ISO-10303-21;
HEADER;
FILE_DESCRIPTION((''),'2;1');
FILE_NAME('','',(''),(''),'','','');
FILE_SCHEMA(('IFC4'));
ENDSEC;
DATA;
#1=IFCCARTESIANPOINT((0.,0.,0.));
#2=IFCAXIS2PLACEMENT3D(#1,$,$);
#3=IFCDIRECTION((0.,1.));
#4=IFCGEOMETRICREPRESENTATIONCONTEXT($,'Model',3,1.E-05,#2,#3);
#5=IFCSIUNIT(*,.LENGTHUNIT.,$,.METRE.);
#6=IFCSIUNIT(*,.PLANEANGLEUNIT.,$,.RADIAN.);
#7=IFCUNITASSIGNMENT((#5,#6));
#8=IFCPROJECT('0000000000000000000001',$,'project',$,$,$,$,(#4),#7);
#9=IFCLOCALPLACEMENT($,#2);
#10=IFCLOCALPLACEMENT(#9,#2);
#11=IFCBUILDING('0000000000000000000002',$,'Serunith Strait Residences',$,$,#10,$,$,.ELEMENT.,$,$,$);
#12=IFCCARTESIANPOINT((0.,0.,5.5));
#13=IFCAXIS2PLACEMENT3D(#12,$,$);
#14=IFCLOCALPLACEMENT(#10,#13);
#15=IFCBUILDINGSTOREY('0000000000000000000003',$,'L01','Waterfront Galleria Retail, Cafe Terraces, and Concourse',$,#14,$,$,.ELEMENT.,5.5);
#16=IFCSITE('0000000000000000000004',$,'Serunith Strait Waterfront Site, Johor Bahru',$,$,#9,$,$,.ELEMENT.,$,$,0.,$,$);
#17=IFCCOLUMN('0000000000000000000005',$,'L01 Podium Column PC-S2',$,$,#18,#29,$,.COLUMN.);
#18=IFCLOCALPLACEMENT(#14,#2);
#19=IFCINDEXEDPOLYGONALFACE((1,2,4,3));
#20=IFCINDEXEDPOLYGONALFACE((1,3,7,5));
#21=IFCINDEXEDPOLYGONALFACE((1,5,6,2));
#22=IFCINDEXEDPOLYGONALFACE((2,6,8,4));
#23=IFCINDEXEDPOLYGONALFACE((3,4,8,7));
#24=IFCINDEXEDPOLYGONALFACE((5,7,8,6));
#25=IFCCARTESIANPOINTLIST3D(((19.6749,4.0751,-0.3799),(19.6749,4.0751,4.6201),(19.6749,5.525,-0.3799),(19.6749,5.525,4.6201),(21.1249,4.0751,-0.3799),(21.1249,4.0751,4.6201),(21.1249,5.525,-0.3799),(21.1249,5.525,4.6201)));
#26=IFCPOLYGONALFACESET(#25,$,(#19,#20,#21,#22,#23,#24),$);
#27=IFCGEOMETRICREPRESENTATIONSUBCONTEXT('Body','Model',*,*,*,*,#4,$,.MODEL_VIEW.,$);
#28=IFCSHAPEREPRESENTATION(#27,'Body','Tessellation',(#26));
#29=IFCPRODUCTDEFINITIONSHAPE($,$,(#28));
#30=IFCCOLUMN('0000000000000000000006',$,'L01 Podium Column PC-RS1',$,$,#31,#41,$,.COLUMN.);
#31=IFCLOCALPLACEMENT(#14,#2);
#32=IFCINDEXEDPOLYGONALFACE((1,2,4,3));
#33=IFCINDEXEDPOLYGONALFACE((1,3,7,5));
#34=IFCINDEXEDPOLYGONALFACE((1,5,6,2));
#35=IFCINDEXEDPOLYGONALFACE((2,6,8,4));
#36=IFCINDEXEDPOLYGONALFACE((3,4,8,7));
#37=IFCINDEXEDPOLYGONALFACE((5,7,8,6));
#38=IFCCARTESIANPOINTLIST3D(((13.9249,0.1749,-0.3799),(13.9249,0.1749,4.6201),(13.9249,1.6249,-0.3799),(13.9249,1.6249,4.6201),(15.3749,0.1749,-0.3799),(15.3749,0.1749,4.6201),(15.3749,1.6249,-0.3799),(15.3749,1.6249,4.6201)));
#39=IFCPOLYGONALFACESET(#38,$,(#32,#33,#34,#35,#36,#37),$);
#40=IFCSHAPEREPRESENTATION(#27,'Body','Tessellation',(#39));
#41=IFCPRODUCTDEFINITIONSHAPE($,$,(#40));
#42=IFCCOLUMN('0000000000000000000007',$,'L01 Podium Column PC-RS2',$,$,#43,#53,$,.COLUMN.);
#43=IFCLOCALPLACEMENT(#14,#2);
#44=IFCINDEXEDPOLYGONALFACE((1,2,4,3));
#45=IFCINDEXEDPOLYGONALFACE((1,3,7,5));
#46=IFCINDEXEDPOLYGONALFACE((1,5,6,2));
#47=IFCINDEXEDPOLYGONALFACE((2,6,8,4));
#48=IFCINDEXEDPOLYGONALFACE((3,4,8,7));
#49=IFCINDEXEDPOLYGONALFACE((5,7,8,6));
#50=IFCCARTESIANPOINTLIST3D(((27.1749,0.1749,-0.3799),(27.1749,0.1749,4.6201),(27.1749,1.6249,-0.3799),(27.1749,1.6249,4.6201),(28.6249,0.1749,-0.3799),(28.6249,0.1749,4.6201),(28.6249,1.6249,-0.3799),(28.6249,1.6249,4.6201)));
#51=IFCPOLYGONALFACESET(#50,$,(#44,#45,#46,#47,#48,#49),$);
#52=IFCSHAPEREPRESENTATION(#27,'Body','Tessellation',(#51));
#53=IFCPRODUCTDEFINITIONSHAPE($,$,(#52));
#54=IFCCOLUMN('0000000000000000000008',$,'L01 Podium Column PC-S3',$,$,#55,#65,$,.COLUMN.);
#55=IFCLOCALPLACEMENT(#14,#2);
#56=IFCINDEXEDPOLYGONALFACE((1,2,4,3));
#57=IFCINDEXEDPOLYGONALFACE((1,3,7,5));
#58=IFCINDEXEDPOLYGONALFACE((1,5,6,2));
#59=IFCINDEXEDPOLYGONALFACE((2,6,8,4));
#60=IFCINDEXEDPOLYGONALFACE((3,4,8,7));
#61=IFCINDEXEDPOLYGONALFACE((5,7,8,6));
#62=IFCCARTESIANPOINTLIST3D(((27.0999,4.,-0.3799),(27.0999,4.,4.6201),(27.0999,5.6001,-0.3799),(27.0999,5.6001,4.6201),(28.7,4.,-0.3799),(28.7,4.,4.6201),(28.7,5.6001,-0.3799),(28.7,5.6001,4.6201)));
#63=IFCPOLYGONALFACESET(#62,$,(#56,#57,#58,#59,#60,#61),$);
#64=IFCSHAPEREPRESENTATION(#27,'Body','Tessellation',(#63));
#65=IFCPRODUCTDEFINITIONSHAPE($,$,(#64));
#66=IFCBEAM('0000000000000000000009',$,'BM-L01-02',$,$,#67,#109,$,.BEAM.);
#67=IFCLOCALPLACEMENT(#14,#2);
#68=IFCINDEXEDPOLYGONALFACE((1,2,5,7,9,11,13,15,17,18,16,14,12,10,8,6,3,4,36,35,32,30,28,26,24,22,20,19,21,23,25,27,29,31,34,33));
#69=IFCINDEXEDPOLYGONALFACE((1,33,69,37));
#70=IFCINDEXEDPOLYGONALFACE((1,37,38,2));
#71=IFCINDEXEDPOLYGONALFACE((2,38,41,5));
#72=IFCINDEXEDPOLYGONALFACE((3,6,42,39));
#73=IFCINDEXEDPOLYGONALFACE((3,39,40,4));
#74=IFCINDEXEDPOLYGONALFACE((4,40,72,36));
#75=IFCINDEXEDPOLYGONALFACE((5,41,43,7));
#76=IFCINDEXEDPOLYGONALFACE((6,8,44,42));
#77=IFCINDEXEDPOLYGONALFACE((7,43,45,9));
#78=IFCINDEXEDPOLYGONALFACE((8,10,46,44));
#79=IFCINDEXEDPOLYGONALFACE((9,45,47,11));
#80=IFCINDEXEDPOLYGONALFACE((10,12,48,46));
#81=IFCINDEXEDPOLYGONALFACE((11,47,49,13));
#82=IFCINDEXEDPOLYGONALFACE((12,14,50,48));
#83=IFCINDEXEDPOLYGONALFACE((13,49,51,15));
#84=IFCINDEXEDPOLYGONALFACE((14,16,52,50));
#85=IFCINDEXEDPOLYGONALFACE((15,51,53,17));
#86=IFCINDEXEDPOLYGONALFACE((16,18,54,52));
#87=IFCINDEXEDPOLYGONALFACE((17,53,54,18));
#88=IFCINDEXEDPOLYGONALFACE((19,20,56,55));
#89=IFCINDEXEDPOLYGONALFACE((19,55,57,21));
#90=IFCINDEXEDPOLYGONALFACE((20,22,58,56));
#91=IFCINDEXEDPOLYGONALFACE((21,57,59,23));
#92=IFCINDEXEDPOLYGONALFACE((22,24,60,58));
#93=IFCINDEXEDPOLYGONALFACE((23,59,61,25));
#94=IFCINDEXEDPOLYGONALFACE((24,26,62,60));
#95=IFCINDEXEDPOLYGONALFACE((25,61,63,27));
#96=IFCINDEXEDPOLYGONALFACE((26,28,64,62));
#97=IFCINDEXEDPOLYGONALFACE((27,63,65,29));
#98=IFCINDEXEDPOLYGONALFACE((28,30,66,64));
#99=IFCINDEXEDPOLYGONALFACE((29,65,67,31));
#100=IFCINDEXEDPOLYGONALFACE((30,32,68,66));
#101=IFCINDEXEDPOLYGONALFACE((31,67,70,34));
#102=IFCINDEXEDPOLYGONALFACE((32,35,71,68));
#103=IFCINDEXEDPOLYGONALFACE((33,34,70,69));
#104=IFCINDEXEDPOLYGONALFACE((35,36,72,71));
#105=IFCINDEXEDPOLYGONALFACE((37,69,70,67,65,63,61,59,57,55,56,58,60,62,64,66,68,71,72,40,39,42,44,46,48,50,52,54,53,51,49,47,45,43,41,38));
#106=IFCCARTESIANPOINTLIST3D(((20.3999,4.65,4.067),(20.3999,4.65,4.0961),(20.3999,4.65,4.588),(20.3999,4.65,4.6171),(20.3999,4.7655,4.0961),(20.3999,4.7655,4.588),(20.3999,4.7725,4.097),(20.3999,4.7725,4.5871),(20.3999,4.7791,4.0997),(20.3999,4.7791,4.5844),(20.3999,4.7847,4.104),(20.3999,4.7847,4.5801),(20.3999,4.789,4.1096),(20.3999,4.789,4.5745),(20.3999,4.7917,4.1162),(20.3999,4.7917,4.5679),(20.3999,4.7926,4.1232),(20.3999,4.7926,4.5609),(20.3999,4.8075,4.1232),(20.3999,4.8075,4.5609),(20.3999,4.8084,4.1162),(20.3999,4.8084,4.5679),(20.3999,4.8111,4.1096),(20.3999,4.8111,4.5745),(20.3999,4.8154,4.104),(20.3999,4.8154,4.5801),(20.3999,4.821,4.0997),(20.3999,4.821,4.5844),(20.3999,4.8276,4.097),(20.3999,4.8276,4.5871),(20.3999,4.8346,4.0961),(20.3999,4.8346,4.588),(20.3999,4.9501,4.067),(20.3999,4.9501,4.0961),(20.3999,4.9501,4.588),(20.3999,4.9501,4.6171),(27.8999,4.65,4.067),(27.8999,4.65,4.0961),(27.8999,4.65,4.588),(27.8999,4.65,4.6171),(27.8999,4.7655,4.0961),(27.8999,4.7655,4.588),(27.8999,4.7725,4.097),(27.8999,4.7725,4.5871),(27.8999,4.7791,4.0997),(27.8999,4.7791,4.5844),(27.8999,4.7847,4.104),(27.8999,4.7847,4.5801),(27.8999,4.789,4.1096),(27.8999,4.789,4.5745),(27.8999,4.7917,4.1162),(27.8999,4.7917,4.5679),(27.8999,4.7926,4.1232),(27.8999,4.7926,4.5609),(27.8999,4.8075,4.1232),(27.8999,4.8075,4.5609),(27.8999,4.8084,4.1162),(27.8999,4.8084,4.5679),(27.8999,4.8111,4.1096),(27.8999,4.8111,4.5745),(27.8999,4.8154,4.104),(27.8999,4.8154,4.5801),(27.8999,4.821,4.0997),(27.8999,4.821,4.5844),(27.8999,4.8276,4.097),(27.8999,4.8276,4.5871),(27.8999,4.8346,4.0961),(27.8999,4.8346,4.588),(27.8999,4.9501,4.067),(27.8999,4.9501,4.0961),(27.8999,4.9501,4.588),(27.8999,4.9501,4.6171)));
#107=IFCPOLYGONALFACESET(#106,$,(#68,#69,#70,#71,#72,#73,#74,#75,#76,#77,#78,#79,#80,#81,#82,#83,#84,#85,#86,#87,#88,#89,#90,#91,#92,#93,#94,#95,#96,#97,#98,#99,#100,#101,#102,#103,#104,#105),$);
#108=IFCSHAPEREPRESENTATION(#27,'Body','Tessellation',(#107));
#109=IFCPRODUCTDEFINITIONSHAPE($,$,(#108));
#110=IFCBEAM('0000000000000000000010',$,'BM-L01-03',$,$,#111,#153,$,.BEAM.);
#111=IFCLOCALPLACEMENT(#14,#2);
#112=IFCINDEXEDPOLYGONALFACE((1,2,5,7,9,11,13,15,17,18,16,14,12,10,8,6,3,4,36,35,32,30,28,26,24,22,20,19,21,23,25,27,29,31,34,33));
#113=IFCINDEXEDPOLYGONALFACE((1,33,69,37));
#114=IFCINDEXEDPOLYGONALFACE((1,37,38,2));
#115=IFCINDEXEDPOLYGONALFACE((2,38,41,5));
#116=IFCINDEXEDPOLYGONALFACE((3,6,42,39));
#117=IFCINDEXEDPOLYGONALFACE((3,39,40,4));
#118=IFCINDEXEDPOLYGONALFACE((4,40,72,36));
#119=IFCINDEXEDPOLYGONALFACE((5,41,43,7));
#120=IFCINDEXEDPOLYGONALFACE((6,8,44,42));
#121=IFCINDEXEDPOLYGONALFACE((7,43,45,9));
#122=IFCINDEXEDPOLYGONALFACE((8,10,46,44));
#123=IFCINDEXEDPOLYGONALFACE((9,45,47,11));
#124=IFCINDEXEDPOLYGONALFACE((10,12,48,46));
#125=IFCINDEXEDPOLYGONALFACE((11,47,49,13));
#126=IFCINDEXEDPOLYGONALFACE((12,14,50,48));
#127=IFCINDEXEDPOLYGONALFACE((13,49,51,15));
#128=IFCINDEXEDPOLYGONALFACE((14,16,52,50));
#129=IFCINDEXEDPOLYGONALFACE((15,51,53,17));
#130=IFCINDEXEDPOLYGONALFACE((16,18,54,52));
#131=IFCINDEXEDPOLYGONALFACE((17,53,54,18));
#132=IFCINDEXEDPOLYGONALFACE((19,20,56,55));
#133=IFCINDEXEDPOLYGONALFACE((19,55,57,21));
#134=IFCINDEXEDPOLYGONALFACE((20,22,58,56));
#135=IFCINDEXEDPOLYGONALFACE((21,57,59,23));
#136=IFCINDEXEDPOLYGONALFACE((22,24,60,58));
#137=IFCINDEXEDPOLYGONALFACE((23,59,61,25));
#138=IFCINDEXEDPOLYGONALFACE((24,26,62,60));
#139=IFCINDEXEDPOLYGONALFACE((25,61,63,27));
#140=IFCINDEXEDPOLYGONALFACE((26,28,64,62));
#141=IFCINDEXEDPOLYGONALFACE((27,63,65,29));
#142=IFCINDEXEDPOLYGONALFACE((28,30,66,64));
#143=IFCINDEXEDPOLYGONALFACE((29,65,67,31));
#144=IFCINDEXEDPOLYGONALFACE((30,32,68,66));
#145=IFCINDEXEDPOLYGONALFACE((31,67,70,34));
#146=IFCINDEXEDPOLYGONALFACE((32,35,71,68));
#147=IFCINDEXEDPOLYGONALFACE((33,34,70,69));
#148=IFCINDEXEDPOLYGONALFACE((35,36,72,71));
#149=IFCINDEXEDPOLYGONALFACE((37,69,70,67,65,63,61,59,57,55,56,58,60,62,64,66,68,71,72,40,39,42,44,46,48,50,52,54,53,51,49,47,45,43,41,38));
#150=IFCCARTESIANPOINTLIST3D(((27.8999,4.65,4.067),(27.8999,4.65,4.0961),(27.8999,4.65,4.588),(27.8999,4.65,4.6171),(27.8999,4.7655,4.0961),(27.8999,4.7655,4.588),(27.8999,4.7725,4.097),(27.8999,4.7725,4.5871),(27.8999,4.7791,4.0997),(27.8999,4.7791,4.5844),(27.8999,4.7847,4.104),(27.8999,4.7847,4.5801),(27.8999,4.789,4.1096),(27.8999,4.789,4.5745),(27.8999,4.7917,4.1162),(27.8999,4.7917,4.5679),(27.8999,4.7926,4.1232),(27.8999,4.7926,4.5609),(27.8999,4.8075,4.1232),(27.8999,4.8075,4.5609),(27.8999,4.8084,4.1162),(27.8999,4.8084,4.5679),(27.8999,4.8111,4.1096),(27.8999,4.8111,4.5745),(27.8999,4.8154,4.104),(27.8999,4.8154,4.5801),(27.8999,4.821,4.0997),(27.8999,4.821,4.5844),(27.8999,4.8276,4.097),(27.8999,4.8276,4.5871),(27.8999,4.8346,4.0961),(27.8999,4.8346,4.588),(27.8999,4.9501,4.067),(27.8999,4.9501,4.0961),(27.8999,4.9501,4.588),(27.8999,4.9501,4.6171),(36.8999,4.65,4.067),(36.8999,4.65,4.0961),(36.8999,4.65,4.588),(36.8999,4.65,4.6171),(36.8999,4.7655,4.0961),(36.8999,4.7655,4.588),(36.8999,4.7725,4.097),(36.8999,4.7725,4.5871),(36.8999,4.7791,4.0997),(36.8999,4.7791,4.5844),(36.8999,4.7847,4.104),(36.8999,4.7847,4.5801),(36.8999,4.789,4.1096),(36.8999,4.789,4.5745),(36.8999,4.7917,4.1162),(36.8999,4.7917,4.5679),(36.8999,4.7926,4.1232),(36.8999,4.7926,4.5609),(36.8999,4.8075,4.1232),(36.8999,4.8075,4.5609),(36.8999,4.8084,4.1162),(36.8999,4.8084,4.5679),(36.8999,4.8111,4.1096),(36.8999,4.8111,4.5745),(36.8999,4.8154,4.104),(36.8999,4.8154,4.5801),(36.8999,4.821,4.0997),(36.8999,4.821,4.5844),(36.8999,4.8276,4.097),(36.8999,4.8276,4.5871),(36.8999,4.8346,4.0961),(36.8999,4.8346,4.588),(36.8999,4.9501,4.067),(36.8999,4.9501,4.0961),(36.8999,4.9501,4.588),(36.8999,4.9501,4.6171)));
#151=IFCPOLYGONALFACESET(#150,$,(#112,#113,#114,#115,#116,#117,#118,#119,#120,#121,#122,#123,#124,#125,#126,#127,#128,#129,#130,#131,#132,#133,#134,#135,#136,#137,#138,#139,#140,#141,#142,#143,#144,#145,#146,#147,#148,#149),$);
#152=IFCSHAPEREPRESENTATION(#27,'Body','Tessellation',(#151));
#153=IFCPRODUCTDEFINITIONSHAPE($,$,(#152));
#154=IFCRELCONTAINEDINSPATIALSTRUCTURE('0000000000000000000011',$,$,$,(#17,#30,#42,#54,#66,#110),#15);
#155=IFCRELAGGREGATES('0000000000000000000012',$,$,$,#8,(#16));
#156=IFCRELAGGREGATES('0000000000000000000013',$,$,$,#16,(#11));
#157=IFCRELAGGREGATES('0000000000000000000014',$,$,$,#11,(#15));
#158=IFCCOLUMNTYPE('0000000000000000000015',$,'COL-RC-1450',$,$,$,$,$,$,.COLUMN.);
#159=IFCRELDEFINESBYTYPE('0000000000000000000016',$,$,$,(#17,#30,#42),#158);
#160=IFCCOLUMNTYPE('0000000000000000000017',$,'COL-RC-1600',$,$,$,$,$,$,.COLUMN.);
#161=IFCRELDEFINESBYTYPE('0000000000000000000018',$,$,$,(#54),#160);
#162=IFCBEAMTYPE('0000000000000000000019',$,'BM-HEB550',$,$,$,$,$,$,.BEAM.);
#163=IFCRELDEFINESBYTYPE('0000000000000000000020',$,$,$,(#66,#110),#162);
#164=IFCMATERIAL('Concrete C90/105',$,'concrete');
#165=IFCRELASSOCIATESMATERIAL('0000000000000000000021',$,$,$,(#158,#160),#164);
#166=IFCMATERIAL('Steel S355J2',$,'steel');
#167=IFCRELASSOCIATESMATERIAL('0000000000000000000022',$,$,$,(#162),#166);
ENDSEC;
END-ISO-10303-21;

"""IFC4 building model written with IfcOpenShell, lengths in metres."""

from ifc_helpers import new_model, si_unit, direction, frame, origin, origin_2d, place, context, subcontext, project, spatial, rectangle, i_section, extrude, source, transform, mapped, material, material_profile, profile_set, type_object, element, save


model = new_model("IFC4")

# Units and contexts
model_context = context("Model", 3, precision=1e-05, world=origin(), true_north=direction((0.0, 1.0)))
body_context = subcontext(model_context, "Body", "Model", "MODEL_VIEW")
ifc_project = project(units=[si_unit("LENGTHUNIT", "METRE"), si_unit("PLANEANGLEUNIT", "RADIAN")], contexts=[model_context])

# Site, building, storey
site_placement = place(None, origin())
site = spatial("IfcSite", under=ifc_project, at=site_placement, Name="Serunith Strait Waterfront Site, Johor Bahru", CompositionType="ELEMENT", RefElevation=0.0)
building_placement = place(site_placement, origin())
building = spatial("IfcBuilding", under=site, at=building_placement, Name="Serunith Strait Residences", CompositionType="ELEMENT")
storey_placement = place(building_placement, frame((0.0, 0.0, 5.5)))
storey = spatial("IfcBuildingStorey", under=building, at=storey_placement, Name="L01", Description="Waterfront Galleria Retail, Cafe Terraces, and Concourse", CompositionType="ELEMENT", Elevation=5.5)

# Columns
ifc_material_1 = material(Name="Concrete C90/105", Category="concrete")
ifc_material_profile_1 = material_profile(ifc_material_1, rectangle(XDim=1.45, YDim=1.45, at=origin_2d()), Name="RC 1450x1450")
ifc_profile_set_1 = profile_set([ifc_material_profile_1], Name="Concrete C90/105")
column_type_1 = type_object("IfcColumnType", Name="COL-RC-1450", PredefinedType="COLUMN", material=ifc_profile_set_1)
shared_shape_1 = source(origin(), body_context, "Body", "SweptSolid", [
    extrude(rectangle(XDim=1.45, YDim=1.45, at=origin_2d()), origin(), (0.0, 0.0, 1.0), 5.0),
])
for number, where, z_axis, x_axis, name in (
    (1, (20.3999, 4.8, -0.3799), (0.0, 0.0, 1.0), (1.0, 0.0, 0.0), "L01 Podium Column PC-S2"),
    (2, (14.6499, 0.8999, -0.3799), (0.0, 0.0, 1.0), (1.0, 0.0, 0.0), "L01 Podium Column PC-RS1"),
    (3, (27.8999, 0.8999, -0.3799), (0.0, 0.0, 1.0), (1.0, 0.0, 0.0), "L01 Podium Column PC-RS2"),
):
    element("IfcColumn", number, at=place(storey_placement, frame(where, z_axis=z_axis, x_axis=x_axis)), inside=storey, type_object=column_type_1, Name=name, PredefinedType="COLUMN", context=body_context, shape_type="MappedRepresentation", body=[
        mapped(shared_shape_1, transform((0.0, 0.0, 0.0), scale=1.0)),
    ])
ifc_material_profile_2 = material_profile(ifc_material_1, rectangle(XDim=1.6001, YDim=1.6001, at=origin_2d()), Name="RC 1600x1600")
ifc_profile_set_2 = profile_set([ifc_material_profile_2], Name="Concrete C90/105")
column_type_2 = type_object("IfcColumnType", Name="COL-RC-1600", PredefinedType="COLUMN", material=ifc_profile_set_2)
shared_shape_2 = source(origin(), body_context, "Body", "SweptSolid", [
    extrude(rectangle(XDim=1.6001, YDim=1.6001, at=origin_2d()), origin(), (0.0, 0.0, 1.0), 5.0),
])
column_placement = place(storey_placement, frame((27.8999, 4.8, -0.3799), z_axis=(0.0, 0.0, 1.0), x_axis=(1.0, 0.0, 0.0)))
element("IfcColumn", 4, at=column_placement, inside=storey, type_object=column_type_2, Name="L01 Podium Column PC-S3", PredefinedType="COLUMN", context=body_context, shape_type="MappedRepresentation", body=[
    mapped(shared_shape_2, transform((0.0, 0.0, 0.0), scale=1.0)),
])

# Beams
ifc_material_2 = material(Name="Steel S355J2", Category="steel")
ifc_material_profile_3 = material_profile(ifc_material_2, i_section(OverallWidth=0.3, OverallDepth=0.55, WebThickness=0.0149, FlangeThickness=0.0291, FilletRadius=0.0271, at=origin_2d()), Name="HEB 550")
ifc_profile_set_3 = profile_set([ifc_material_profile_3], Name="Steel S355J2")
beam_type = type_object("IfcBeamType", Name="BM-HEB550", PredefinedType="BEAM", material=ifc_profile_set_3)
shared_shape_3 = source(origin(), body_context, "Body", "SweptSolid", [
    extrude(i_section(OverallWidth=0.3, OverallDepth=0.55, WebThickness=0.0149, FlangeThickness=0.0291, FilletRadius=0.0271, at=origin_2d()), origin(), (0.0, 0.0, 1.0), 7.5),
])
beam_1_placement = place(storey_placement, frame((20.3999, 4.8, 4.342), z_axis=(1.0, 0.0, 0.0), x_axis=(0.0, 1.0, 0.0)))
element("IfcBeam", 5, at=beam_1_placement, inside=storey, type_object=beam_type, Name="BM-L01-02", PredefinedType="BEAM", context=body_context, shape_type="MappedRepresentation", body=[
    mapped(shared_shape_3, transform((0.0, 0.0, 0.0), scale=1.0)),
])
shared_shape_4 = source(origin(), body_context, "Body", "SweptSolid", [
    extrude(i_section(OverallWidth=0.3, OverallDepth=0.55, WebThickness=0.0149, FlangeThickness=0.0291, FilletRadius=0.0271, at=origin_2d()), origin(), (0.0, 0.0, 1.0), 9.0),
])
beam_2_placement = place(storey_placement, frame((27.8999, 4.8, 4.342), z_axis=(1.0, 0.0, 0.0), x_axis=(0.0, 1.0, 0.0)))
element("IfcBeam", 6, at=beam_2_placement, inside=storey, type_object=beam_type, Name="BM-L01-03", PredefinedType="BEAM", context=body_context, shape_type="MappedRepresentation", body=[
    mapped(shared_shape_4, transform((0.0, 0.0, 0.0), scale=1.0)),
])

save(model, "model.ifc")
